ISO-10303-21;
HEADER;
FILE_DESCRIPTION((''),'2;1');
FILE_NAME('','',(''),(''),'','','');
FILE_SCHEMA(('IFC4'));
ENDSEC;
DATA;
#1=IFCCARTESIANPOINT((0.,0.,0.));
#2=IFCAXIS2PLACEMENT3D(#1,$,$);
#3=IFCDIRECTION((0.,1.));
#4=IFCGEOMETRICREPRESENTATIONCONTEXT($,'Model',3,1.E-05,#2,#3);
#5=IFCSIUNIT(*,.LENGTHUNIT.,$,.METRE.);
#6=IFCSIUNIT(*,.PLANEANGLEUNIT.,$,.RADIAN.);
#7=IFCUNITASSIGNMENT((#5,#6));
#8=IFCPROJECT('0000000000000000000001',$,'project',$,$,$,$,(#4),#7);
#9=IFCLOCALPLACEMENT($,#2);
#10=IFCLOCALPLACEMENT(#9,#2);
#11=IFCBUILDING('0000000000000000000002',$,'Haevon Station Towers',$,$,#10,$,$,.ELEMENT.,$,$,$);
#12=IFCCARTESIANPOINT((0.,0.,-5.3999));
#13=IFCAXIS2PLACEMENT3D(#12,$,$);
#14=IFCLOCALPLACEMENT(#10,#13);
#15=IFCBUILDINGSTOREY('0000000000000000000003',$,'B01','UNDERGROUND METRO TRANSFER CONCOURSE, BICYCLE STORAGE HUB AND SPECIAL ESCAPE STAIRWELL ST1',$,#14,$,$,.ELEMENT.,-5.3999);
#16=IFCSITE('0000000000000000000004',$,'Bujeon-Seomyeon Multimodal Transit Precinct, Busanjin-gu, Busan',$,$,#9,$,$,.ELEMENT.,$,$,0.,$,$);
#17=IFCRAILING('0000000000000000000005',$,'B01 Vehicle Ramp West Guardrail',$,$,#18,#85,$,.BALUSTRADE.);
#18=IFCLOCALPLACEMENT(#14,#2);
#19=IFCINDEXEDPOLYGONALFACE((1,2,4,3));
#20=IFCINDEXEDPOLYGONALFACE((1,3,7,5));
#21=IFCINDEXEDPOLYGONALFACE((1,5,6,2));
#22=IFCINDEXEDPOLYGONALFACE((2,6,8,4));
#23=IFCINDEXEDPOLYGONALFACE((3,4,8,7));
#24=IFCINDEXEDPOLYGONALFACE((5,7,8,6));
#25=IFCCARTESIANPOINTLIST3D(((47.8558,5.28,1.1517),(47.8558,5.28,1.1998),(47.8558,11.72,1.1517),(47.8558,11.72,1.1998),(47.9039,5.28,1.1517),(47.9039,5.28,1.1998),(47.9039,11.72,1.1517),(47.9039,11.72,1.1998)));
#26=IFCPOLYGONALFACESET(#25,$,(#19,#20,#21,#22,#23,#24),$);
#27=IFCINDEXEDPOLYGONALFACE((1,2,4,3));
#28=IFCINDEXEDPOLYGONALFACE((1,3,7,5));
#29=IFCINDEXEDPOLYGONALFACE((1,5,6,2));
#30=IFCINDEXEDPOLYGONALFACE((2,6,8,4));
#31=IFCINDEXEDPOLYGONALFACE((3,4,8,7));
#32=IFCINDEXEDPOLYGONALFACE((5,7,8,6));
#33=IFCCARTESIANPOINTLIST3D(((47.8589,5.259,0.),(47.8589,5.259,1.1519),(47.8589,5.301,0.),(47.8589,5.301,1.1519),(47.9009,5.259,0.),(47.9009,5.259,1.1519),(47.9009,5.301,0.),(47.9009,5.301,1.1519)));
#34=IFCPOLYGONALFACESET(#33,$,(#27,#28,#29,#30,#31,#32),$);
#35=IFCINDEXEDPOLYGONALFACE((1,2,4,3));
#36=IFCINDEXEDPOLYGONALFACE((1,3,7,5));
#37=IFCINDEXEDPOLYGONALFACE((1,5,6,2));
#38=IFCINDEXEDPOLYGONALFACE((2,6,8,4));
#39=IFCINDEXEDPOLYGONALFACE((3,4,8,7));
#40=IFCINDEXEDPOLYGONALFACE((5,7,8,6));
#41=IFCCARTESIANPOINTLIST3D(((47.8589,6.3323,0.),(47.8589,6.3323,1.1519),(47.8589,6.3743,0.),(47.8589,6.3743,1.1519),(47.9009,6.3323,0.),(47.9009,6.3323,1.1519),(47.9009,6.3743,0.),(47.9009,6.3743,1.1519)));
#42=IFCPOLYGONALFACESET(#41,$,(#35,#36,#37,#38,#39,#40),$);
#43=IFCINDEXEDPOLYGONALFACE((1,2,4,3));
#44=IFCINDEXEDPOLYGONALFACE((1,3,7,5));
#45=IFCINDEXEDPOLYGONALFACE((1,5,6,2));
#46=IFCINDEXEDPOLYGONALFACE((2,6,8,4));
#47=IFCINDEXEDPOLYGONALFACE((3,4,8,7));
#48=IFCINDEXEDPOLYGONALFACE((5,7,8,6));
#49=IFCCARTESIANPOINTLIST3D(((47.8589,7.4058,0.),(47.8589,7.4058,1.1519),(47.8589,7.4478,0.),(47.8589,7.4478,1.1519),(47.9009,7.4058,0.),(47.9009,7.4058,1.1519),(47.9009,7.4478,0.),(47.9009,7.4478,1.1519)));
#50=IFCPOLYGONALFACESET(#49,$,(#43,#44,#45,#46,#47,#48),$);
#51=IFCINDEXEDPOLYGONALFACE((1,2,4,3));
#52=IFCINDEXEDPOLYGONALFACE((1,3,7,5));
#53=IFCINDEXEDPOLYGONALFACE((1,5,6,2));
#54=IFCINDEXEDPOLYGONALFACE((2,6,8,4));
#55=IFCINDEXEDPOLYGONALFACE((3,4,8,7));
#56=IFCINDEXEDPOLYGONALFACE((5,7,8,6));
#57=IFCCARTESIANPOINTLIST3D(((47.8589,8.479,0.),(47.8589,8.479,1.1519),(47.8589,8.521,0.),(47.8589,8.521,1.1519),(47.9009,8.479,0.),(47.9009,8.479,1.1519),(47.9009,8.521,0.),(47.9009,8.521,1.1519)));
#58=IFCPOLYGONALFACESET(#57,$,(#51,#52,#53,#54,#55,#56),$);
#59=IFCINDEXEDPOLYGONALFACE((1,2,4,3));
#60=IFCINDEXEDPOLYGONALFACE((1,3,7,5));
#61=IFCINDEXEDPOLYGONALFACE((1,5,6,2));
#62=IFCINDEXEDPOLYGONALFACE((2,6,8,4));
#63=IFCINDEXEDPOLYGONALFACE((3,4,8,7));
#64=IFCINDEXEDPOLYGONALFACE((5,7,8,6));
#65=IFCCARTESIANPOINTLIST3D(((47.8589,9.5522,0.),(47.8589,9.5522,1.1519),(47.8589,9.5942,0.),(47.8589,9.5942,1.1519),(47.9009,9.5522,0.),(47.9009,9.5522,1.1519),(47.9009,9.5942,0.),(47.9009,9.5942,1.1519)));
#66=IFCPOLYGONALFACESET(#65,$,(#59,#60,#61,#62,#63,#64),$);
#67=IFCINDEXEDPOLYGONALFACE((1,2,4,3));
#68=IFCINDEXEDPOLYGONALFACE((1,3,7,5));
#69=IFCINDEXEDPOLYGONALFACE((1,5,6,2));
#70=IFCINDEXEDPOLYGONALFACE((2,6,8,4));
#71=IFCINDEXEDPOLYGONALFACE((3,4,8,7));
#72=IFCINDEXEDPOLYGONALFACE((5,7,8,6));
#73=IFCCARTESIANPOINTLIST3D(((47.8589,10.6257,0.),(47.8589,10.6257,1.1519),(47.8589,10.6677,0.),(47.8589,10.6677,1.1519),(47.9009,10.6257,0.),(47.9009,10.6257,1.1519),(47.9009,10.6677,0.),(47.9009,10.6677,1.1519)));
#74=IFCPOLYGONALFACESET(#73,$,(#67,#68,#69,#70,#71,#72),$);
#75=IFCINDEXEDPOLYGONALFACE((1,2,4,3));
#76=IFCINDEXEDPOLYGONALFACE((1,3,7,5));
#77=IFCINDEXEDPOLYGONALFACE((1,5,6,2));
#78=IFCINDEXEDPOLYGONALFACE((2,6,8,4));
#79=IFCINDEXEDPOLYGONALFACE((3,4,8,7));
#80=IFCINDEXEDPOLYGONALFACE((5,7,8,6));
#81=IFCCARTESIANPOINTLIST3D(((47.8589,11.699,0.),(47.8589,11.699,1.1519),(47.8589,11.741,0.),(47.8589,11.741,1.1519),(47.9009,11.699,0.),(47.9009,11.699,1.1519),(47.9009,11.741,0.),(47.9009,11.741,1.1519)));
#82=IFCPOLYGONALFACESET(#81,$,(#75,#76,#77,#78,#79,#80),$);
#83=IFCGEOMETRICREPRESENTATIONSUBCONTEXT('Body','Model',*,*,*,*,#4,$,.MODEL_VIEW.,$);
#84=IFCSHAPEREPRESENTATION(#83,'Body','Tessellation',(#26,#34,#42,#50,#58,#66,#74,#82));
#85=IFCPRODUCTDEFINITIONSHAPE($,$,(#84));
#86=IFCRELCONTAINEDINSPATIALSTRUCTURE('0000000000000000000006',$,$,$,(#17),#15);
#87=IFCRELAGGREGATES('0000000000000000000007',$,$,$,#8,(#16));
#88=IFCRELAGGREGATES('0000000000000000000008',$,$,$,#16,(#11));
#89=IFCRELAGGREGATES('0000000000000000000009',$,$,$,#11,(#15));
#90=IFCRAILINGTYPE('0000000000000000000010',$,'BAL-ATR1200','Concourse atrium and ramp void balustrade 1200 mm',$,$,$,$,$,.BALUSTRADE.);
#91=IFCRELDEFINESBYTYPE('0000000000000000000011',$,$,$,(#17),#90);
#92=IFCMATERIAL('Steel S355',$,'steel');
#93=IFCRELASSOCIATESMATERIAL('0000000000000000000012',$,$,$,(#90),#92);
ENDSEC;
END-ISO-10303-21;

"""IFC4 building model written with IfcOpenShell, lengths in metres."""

from ifc_helpers import new_model, si_unit, direction, frame, origin, origin_2d, place, context, subcontext, project, spatial, rectangle, extrude, material, type_object, element, save


model = new_model("IFC4")

# Units and contexts
model_context = context("Model", 3, precision=1e-05, world=origin(), true_north=direction((0.0, 1.0)))
body_context = subcontext(model_context, "Body", "Model", "MODEL_VIEW")
ifc_project = project(units=[si_unit("LENGTHUNIT", "METRE"), si_unit("PLANEANGLEUNIT", "RADIAN")], contexts=[model_context])

# Site, building, storey
site_placement = place(None, origin())
site = spatial("IfcSite", under=ifc_project, at=site_placement, Name="Bujeon-Seomyeon Multimodal Transit Precinct, Busanjin-gu, Busan", CompositionType="ELEMENT", RefElevation=0.0)
building_placement = place(site_placement, origin())
building = spatial("IfcBuilding", under=site, at=building_placement, Name="Haevon Station Towers", CompositionType="ELEMENT")
storey_placement = place(building_placement, frame((0.0, 0.0, -5.3999)))
storey = spatial("IfcBuildingStorey", under=building, at=storey_placement, Name="B01", Description="UNDERGROUND METRO TRANSFER CONCOURSE, BICYCLE STORAGE HUB AND SPECIAL ESCAPE STAIRWELL ST1", CompositionType="ELEMENT", Elevation=-5.3999)

# Shared definitions
ifc_material_1 = material(Name="Steel S355", Category="steel")

# Railing
railing_type = type_object("IfcRailingType", Name="BAL-ATR1200", Description="Concourse atrium and ramp void balustrade 1200 mm", PredefinedType="BALUSTRADE", material=ifc_material_1)
railing_1_placement = place(storey_placement, frame((47.8799, 5.28, 0.0)))
element("IfcRailing", 1, at=railing_1_placement, inside=storey, type_object=railing_type, Name="B01 Vehicle Ramp West Guardrail", PredefinedType="BALUSTRADE", context=body_context, shape_type="SweptSolid", body=[
    extrude(rectangle(XDim=0.0481, YDim=0.0481, at=origin_2d()), frame((0.0, 0.0, 1.1758), z_axis=(0.0, 1.0, 0.0), x_axis=(-1.0, 0.0, 0.0)), (0.0, 0.0, 1.0), 6.4399),
    extrude(rectangle(XDim=0.042, YDim=0.042, at=origin_2d()), origin(), (0.0, 0.0, 1.0), 1.1519),
    extrude(rectangle(XDim=0.042, YDim=0.042, at=origin_2d()), frame((0.0, 1.0732, 0.0)), (0.0, 0.0, 1.0), 1.1519),
    extrude(rectangle(XDim=0.042, YDim=0.042, at=origin_2d()), frame((0.0, 2.1467, 0.0)), (0.0, 0.0, 1.0), 1.1519),
    extrude(rectangle(XDim=0.042, YDim=0.042, at=origin_2d()), frame((0.0, 3.22, 0.0)), (0.0, 0.0, 1.0), 1.1519),
    extrude(rectangle(XDim=0.042, YDim=0.042, at=origin_2d()), frame((0.0, 4.2932, 0.0)), (0.0, 0.0, 1.0), 1.1519),
    extrude(rectangle(XDim=0.042, YDim=0.042, at=origin_2d()), frame((0.0, 5.3667, 0.0)), (0.0, 0.0, 1.0), 1.1519),
    extrude(rectangle(XDim=0.042, YDim=0.042, at=origin_2d()), frame((0.0, 6.4399, 0.0)), (0.0, 0.0, 1.0), 1.1519),
])

save(model, "model.ifc")
